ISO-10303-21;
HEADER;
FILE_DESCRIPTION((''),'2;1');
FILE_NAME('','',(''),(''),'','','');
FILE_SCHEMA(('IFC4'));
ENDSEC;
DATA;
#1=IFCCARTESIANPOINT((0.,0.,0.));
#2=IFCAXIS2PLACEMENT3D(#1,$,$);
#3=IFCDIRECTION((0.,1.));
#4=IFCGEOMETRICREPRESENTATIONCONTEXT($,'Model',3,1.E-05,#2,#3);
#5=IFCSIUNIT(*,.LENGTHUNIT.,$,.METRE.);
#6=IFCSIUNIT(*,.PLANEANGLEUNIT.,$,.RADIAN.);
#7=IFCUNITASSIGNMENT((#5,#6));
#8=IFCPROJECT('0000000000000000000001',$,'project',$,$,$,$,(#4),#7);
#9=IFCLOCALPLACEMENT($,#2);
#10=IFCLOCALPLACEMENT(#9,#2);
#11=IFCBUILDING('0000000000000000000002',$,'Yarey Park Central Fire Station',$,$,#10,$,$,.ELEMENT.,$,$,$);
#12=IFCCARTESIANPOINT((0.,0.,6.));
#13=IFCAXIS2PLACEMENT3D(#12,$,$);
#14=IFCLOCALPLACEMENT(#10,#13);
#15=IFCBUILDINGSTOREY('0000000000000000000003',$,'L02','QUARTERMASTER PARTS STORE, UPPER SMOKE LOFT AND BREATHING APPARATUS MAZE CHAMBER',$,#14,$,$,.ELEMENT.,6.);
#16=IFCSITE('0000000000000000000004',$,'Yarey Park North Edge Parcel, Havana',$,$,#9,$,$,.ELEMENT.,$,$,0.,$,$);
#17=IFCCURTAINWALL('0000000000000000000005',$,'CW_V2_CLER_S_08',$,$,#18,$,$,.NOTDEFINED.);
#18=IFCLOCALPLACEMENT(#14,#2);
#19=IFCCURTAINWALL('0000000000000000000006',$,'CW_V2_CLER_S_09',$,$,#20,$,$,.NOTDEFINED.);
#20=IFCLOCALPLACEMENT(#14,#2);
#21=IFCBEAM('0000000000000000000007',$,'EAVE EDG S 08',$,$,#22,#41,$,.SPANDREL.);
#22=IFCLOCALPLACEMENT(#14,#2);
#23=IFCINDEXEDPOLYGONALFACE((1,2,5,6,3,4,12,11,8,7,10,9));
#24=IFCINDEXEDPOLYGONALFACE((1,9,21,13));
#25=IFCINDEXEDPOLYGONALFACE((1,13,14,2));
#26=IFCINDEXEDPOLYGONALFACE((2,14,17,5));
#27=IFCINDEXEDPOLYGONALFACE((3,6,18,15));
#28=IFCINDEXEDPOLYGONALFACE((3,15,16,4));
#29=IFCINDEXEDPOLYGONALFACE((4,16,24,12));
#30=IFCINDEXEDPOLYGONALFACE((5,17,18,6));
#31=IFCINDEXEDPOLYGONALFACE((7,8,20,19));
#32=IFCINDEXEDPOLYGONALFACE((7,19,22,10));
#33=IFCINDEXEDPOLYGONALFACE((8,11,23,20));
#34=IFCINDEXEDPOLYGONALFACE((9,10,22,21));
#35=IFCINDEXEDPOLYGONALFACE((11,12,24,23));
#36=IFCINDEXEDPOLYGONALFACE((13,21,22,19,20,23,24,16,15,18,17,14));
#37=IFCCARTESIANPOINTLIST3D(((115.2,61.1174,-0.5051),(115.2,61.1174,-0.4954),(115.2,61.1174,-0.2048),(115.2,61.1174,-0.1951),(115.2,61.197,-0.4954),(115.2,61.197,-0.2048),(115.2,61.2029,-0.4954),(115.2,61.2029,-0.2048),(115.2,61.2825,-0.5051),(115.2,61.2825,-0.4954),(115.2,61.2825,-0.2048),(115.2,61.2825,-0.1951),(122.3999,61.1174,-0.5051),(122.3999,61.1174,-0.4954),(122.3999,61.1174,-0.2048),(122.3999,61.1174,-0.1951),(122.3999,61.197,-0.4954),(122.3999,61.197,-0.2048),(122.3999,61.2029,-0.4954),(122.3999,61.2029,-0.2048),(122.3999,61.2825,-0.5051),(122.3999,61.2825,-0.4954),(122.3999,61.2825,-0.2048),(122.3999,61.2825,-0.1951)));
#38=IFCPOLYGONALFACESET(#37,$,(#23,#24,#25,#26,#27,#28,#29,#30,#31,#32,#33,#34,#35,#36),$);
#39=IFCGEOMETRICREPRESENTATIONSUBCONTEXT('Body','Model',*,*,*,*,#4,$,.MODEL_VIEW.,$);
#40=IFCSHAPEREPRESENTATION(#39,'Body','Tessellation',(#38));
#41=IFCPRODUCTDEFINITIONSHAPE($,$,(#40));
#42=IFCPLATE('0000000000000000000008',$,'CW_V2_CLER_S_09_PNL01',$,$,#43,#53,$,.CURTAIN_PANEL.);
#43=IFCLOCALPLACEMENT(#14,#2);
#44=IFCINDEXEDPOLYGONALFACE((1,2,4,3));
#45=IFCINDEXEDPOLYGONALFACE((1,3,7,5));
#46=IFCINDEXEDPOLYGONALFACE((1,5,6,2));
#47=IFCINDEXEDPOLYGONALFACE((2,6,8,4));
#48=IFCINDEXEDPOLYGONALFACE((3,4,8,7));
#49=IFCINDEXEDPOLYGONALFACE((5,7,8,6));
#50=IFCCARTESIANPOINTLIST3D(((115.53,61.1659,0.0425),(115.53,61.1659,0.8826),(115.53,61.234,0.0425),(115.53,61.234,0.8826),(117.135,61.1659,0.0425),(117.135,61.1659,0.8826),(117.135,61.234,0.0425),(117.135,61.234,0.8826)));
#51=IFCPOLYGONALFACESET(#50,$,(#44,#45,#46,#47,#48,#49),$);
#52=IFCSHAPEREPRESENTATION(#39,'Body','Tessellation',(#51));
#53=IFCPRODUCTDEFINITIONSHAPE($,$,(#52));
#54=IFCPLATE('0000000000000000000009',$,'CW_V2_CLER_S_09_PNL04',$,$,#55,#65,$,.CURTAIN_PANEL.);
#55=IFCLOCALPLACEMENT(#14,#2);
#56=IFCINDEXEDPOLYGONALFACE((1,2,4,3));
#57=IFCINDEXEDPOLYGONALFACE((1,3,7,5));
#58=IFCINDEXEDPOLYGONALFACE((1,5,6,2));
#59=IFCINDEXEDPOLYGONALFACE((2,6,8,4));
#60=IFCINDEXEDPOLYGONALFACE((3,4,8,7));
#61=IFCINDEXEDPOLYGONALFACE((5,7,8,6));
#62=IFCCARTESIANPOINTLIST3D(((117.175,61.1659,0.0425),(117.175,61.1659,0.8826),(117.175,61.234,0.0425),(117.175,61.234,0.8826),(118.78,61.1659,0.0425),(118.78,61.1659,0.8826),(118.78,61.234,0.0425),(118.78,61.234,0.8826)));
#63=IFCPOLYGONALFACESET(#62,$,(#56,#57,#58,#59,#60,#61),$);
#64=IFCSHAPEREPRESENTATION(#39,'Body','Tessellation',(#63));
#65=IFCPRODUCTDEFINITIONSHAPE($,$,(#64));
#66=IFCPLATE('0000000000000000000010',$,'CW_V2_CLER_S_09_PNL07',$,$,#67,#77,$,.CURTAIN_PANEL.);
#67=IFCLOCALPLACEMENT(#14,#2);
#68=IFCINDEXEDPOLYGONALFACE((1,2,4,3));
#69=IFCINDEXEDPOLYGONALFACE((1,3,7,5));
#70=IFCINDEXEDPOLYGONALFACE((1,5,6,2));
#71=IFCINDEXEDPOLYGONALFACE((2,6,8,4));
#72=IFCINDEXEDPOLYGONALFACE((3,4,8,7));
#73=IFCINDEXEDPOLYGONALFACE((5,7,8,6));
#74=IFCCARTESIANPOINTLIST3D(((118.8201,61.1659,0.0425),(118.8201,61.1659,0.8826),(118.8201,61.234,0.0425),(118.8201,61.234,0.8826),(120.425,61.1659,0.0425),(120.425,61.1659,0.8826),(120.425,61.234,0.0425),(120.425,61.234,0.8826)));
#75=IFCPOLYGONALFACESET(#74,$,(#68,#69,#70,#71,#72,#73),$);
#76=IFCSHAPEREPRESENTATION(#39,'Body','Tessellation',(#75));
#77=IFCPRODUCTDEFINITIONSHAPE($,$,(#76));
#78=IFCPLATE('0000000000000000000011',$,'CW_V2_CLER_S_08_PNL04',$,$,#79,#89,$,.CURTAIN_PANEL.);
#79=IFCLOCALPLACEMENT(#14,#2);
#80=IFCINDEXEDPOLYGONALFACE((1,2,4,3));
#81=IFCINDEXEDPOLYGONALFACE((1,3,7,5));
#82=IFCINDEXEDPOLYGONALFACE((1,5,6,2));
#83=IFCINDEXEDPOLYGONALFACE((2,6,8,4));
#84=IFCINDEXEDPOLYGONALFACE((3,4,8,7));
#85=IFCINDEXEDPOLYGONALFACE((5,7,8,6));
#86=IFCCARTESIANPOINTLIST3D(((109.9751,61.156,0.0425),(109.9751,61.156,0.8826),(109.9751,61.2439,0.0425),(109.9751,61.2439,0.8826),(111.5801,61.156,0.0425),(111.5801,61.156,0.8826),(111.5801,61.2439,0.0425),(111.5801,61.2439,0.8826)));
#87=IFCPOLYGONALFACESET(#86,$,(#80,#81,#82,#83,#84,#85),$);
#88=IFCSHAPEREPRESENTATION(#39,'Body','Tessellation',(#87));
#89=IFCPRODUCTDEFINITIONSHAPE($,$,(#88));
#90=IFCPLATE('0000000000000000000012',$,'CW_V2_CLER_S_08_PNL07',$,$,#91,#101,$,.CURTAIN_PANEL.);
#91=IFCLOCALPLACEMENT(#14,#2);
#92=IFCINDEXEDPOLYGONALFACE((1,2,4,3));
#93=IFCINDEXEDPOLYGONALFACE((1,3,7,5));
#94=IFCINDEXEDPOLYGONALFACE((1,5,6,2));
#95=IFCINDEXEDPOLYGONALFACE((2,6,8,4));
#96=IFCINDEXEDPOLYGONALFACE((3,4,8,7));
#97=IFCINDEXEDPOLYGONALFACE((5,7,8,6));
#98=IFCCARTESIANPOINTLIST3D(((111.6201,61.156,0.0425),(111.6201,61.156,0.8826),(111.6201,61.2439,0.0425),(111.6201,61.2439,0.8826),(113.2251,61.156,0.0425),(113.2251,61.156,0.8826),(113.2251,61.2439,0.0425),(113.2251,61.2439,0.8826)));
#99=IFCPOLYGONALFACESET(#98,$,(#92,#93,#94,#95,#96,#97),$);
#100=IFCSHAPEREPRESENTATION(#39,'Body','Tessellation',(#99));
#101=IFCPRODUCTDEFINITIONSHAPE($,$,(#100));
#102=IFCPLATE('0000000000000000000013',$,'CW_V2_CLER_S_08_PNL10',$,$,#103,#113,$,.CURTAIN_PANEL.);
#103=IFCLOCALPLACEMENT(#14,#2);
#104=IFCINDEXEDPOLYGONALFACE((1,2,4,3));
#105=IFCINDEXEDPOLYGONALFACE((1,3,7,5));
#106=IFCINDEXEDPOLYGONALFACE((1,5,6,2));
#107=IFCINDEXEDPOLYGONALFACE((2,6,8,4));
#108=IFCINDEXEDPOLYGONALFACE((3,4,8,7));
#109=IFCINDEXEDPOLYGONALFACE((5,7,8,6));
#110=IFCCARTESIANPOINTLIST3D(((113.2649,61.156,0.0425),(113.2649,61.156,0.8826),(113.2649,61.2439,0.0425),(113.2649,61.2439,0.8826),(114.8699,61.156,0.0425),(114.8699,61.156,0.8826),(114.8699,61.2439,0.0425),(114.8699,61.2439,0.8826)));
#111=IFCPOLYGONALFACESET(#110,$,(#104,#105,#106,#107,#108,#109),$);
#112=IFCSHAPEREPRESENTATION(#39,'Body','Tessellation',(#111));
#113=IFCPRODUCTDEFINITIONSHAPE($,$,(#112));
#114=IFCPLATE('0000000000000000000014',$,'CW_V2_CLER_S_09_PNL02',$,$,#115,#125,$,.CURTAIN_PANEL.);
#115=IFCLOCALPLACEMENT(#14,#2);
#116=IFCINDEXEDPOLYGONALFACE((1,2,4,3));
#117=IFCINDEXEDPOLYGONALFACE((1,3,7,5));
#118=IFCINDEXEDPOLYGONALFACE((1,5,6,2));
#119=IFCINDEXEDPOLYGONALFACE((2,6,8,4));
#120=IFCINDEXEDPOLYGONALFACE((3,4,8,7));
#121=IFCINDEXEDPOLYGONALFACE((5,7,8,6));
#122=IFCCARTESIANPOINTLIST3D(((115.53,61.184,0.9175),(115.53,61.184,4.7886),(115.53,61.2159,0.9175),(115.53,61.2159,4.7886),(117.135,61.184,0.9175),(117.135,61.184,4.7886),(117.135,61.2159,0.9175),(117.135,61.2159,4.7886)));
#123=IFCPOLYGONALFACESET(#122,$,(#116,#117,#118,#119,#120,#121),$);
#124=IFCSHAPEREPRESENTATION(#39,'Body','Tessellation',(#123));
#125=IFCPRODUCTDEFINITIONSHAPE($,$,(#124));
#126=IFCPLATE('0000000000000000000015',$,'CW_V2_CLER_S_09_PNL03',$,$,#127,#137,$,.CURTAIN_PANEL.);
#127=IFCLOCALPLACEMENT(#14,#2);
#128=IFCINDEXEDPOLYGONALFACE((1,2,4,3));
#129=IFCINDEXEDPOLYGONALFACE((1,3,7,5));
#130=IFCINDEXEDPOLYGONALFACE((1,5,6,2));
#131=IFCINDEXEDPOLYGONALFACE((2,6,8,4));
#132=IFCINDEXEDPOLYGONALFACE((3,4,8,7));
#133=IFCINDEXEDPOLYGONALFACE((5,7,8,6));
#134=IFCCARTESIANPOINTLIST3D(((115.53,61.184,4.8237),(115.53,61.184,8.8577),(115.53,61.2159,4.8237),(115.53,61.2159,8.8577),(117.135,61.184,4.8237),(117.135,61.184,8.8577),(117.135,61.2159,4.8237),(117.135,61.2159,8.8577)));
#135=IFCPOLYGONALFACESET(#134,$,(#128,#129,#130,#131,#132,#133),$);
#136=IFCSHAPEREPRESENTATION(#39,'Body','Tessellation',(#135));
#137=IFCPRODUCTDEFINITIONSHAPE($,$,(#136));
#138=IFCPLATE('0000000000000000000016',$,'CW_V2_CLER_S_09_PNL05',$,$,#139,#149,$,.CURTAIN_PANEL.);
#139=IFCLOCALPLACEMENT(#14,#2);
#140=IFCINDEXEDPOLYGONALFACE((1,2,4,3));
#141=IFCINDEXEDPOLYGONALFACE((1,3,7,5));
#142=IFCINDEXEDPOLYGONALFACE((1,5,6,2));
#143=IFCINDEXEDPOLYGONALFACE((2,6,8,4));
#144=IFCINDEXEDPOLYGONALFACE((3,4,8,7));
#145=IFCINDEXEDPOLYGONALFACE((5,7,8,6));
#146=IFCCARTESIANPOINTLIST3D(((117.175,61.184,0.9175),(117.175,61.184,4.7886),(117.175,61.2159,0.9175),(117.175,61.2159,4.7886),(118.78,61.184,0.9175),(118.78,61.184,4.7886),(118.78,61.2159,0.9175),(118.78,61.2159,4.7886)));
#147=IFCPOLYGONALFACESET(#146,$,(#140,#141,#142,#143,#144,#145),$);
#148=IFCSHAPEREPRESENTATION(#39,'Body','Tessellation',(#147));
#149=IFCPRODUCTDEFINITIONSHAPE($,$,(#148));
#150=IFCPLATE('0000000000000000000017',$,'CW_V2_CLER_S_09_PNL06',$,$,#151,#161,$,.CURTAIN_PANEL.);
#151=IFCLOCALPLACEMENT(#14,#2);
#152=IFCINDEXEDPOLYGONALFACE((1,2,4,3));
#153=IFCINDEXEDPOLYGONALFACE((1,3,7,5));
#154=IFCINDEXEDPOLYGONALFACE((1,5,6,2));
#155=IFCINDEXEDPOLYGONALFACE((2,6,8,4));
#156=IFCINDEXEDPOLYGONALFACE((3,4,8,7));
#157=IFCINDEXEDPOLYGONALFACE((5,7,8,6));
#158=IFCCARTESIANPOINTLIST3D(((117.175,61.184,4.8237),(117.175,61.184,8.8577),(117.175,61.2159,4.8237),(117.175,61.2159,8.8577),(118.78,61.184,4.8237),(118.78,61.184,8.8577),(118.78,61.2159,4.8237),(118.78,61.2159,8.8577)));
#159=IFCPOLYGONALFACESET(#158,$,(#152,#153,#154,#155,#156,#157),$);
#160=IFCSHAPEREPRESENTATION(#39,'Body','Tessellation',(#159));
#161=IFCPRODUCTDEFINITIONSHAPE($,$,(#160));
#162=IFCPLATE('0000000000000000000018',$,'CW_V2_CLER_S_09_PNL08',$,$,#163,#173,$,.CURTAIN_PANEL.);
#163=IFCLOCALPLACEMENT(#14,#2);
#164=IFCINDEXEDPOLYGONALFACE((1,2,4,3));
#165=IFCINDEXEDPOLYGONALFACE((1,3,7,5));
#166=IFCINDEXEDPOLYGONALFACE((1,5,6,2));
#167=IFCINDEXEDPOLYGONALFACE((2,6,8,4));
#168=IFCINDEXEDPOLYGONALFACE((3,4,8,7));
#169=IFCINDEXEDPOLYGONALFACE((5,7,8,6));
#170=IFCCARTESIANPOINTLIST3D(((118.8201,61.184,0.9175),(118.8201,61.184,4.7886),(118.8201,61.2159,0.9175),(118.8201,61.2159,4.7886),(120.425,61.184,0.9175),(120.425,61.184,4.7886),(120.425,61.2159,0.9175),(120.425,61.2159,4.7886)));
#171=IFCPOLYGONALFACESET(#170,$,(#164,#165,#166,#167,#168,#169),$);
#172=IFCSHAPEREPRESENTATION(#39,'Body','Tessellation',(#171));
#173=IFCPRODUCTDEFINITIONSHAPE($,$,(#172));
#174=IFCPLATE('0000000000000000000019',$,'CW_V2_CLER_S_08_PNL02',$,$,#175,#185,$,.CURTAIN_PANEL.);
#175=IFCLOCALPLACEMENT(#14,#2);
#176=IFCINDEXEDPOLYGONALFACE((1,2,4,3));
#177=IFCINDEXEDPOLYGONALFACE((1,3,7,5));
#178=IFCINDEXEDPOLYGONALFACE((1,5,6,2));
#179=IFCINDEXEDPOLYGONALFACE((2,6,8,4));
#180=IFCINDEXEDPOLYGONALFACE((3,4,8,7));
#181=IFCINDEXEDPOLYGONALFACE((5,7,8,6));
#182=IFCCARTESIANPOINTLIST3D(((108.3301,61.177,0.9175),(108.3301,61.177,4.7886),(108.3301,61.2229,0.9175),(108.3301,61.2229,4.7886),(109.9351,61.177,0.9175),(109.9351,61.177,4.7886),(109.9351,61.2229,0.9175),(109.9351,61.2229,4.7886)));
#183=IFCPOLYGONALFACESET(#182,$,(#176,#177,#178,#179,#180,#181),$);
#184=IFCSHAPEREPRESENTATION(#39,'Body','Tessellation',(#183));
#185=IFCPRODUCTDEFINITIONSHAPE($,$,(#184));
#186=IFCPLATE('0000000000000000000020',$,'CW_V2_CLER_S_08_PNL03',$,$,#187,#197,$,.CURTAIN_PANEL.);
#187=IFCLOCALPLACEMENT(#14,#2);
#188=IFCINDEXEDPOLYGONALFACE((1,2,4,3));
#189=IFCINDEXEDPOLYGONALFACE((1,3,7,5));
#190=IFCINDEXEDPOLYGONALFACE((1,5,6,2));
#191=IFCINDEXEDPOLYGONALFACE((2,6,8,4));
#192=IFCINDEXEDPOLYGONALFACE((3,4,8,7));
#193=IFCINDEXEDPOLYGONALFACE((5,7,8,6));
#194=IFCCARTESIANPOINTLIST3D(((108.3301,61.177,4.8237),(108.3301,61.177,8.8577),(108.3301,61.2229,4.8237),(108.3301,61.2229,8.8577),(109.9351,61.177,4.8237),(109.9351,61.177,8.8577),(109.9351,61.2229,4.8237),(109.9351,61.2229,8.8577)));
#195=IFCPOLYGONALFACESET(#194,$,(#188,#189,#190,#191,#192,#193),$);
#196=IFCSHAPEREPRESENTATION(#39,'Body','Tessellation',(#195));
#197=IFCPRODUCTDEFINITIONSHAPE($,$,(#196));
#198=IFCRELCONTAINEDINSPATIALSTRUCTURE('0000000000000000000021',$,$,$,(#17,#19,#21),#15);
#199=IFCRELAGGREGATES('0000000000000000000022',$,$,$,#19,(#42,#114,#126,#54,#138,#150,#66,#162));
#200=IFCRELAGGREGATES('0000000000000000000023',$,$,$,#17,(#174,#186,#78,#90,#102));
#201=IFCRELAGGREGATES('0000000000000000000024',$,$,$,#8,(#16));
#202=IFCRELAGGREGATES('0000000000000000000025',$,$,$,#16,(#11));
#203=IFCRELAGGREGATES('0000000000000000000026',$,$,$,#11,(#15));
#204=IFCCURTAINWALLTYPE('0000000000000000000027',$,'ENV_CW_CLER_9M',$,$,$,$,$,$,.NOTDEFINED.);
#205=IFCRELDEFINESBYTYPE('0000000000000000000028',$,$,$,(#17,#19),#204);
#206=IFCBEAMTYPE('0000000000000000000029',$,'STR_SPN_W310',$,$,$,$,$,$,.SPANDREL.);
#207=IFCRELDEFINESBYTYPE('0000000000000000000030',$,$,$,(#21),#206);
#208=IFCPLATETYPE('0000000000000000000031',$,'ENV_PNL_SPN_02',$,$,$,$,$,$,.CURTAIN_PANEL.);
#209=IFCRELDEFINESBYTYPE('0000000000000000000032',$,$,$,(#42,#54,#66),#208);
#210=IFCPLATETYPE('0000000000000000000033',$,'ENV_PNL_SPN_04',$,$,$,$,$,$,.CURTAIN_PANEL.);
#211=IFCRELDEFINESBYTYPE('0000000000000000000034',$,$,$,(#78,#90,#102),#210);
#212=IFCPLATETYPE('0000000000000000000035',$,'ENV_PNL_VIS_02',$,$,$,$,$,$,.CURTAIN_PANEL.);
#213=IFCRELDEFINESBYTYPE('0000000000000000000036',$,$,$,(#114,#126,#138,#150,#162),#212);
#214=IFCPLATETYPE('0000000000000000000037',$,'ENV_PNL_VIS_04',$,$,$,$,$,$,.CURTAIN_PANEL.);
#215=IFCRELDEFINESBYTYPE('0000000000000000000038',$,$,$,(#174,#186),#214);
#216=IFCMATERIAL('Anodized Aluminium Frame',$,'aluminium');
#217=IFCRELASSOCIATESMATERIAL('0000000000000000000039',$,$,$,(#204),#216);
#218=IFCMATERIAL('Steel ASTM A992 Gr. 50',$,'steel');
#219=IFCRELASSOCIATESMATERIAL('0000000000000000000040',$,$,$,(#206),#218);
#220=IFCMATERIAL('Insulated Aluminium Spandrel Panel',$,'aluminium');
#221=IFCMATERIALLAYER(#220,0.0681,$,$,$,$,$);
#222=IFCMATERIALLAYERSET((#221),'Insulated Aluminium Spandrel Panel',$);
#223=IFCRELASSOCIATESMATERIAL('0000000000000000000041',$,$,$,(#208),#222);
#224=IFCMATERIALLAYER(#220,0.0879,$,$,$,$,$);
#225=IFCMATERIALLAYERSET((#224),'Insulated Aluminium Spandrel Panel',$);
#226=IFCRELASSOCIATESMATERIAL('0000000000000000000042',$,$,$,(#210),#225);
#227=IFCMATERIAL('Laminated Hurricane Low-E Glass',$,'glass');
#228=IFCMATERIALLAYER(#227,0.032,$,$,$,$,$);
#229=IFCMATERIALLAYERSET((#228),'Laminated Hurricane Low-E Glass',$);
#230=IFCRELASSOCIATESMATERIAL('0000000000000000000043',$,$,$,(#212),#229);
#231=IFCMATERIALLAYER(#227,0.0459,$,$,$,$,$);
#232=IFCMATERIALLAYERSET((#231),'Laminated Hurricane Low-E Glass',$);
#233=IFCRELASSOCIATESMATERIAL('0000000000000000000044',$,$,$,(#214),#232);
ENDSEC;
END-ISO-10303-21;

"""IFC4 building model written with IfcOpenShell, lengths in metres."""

from ifc_helpers import new_model, si_unit, direction, frame, origin, origin_2d, place, context, subcontext, project, spatial, rectangle, i_section, extrude, material, layer, layer_set, material_profile, profile_set, type_object, element, aggregate, save


model = new_model("IFC4")

# Units and contexts
model_context = context("Model", 3, precision=1e-05, world=origin(), true_north=direction((0.0, 1.0)))
body_context = subcontext(model_context, "Body", "Model", "MODEL_VIEW")
ifc_project = project(units=[si_unit("LENGTHUNIT", "METRE"), si_unit("PLANEANGLEUNIT", "RADIAN")], contexts=[model_context])

# Site, building, storey
site_placement = place(None, origin())
site = spatial("IfcSite", under=ifc_project, at=site_placement, Name="Yarey Park North Edge Parcel, Havana", CompositionType="ELEMENT", RefElevation=0.0)
building_placement = place(site_placement, origin())
building = spatial("IfcBuilding", under=site, at=building_placement, Name="Yarey Park Central Fire Station", CompositionType="ELEMENT")
storey_placement = place(building_placement, frame((0.0, 0.0, 6.0)))
storey = spatial("IfcBuildingStorey", under=building, at=storey_placement, Name="L02", Description="QUARTERMASTER PARTS STORE, UPPER SMOKE LOFT AND BREATHING APPARATUS MAZE CHAMBER", CompositionType="ELEMENT", Elevation=6.0)

# Curtain walls
ifc_material_1 = material(Name="Anodized Aluminium Frame", Category="aluminium")
curtain_wall_type = type_object("IfcCurtainWallType", Name="ENV_CW_CLER_9M", PredefinedType="NOTDEFINED", material=ifc_material_1)
curtain_wall_1_placement = place(storey_placement, origin())
curtain_wall_1 = element("IfcCurtainWall", 1, at=curtain_wall_1_placement, inside=storey, type_object=curtain_wall_type, Name="CW_V2_CLER_S_08", PredefinedType="NOTDEFINED")
curtain_wall_2_placement = place(storey_placement, origin())
curtain_wall_2 = element("IfcCurtainWall", 2, at=curtain_wall_2_placement, inside=storey, type_object=curtain_wall_type, Name="CW_V2_CLER_S_09", PredefinedType="NOTDEFINED")

# Beam
ifc_material_2 = material(Name="Steel ASTM A992 Gr. 50", Category="steel")
ifc_material_profile_1 = material_profile(ifc_material_2, i_section(OverallWidth=0.165, OverallDepth=0.3101, WebThickness=0.0059, FlangeThickness=0.0098, at=origin_2d()), Name="W310x39")
ifc_profile_set_1 = profile_set([ifc_material_profile_1], Name="Steel ASTM A992 Gr. 50")
beam_type = type_object("IfcBeamType", Name="STR_SPN_W310", PredefinedType="SPANDREL", material=ifc_profile_set_1)
beam_placement = place(storey_placement, frame((115.2, 61.2, -0.3501), z_axis=(1.0, 0.0, 0.0), x_axis=(0.0, 1.0, 0.0)))
element("IfcBeam", 3, at=beam_placement, inside=storey, type_object=beam_type, Name="EAVE EDG S 08", PredefinedType="SPANDREL", context=body_context, shape_type="SweptSolid", body=[
    extrude(i_section(OverallWidth=0.165, OverallDepth=0.3101, WebThickness=0.0059, FlangeThickness=0.0098, at=origin_2d()), origin(), (0.0, 0.0, 1.0), 7.2),
])

# Plates
ifc_material_3 = material(Name="Insulated Aluminium Spandrel Panel", Category="aluminium")
ifc_layer_1 = layer(ifc_material_3, 0.0681)
ifc_layer_set_1 = layer_set([ifc_layer_1], Name="Insulated Aluminium Spandrel Panel")
plate_type_1 = type_object("IfcPlateType", Name="ENV_PNL_SPN_02", PredefinedType="CURTAIN_PANEL", material=ifc_layer_set_1)
plate_1_placement = place(storey_placement, frame((116.3325, 61.2, 0.0425), z_axis=(0.0, 0.0, 1.0), x_axis=(1.0, 0.0, 0.0)))
plate_1 = element("IfcPlate", 4, at=plate_1_placement, type_object=plate_type_1, Name="CW_V2_CLER_S_09_PNL01", PredefinedType="CURTAIN_PANEL", context=body_context, shape_type="SweptSolid", body=[
    extrude(rectangle(XDim=1.605, YDim=0.0681, at=origin_2d()), origin(), (0.0, 0.0, 1.0), 0.8401),
])
plate_2_placement = place(storey_placement, frame((117.9775, 61.2, 0.0425), z_axis=(0.0, 0.0, 1.0), x_axis=(1.0, 0.0, 0.0)))
plate_2 = element("IfcPlate", 5, at=plate_2_placement, type_object=plate_type_1, Name="CW_V2_CLER_S_09_PNL04", PredefinedType="CURTAIN_PANEL", context=body_context, shape_type="SweptSolid", body=[
    extrude(rectangle(XDim=1.605, YDim=0.0681, at=origin_2d()), origin(), (0.0, 0.0, 1.0), 0.8401),
])
plate_3_placement = place(storey_placement, frame((119.6226, 61.2, 0.0425), z_axis=(0.0, 0.0, 1.0), x_axis=(1.0, 0.0, 0.0)))
plate_3 = element("IfcPlate", 6, at=plate_3_placement, type_object=plate_type_1, Name="CW_V2_CLER_S_09_PNL07", PredefinedType="CURTAIN_PANEL", context=body_context, shape_type="SweptSolid", body=[
    extrude(rectangle(XDim=1.605, YDim=0.0681, at=origin_2d()), origin(), (0.0, 0.0, 1.0), 0.8401),
])
ifc_layer_2 = layer(ifc_material_3, 0.0879)
ifc_layer_set_2 = layer_set([ifc_layer_2], Name="Insulated Aluminium Spandrel Panel")
plate_type_2 = type_object("IfcPlateType", Name="ENV_PNL_SPN_04", PredefinedType="CURTAIN_PANEL", material=ifc_layer_set_2)
plate_4_placement = place(storey_placement, frame((110.7776, 61.2, 0.0425), z_axis=(0.0, 0.0, 1.0), x_axis=(1.0, 0.0, 0.0)))
plate_4 = element("IfcPlate", 7, at=plate_4_placement, type_object=plate_type_2, Name="CW_V2_CLER_S_08_PNL04", PredefinedType="CURTAIN_PANEL", context=body_context, shape_type="SweptSolid", body=[
    extrude(rectangle(XDim=1.605, YDim=0.0879, at=origin_2d()), origin(), (0.0, 0.0, 1.0), 0.8401),
])
plate_5_placement = place(storey_placement, frame((112.4226, 61.2, 0.0425), z_axis=(0.0, 0.0, 1.0), x_axis=(1.0, 0.0, 0.0)))
plate_5 = element("IfcPlate", 8, at=plate_5_placement, type_object=plate_type_2, Name="CW_V2_CLER_S_08_PNL07", PredefinedType="CURTAIN_PANEL", context=body_context, shape_type="SweptSolid", body=[
    extrude(rectangle(XDim=1.605, YDim=0.0879, at=origin_2d()), origin(), (0.0, 0.0, 1.0), 0.8401),
])
plate_6_placement = place(storey_placement, frame((114.0674, 61.2, 0.0425), z_axis=(0.0, 0.0, 1.0), x_axis=(1.0, 0.0, 0.0)))
plate_6 = element("IfcPlate", 9, at=plate_6_placement, type_object=plate_type_2, Name="CW_V2_CLER_S_08_PNL10", PredefinedType="CURTAIN_PANEL", context=body_context, shape_type="SweptSolid", body=[
    extrude(rectangle(XDim=1.605, YDim=0.0879, at=origin_2d()), origin(), (0.0, 0.0, 1.0), 0.8401),
])
ifc_material_4 = material(Name="Laminated Hurricane Low-E Glass", Category="glass")
ifc_layer_3 = layer(ifc_material_4, 0.032)
ifc_layer_set_3 = layer_set([ifc_layer_3], Name="Laminated Hurricane Low-E Glass")
plate_type_3 = type_object("IfcPlateType", Name="ENV_PNL_VIS_02", PredefinedType="CURTAIN_PANEL", material=ifc_layer_set_3)
plate_7_placement = place(storey_placement, frame((116.3325, 61.2, 0.9175), z_axis=(0.0, 0.0, 1.0), x_axis=(1.0, 0.0, 0.0)))
plate_7 = element("IfcPlate", 10, at=plate_7_placement, type_object=plate_type_3, Name="CW_V2_CLER_S_09_PNL02", PredefinedType="CURTAIN_PANEL", context=body_context, shape_type="SweptSolid", body=[
    extrude(rectangle(XDim=1.605, YDim=0.032, at=origin_2d()), origin(), (0.0, 0.0, 1.0), 3.8711),
])
plate_8_placement = place(storey_placement, frame((116.3325, 61.2, 4.8237), z_axis=(0.0, 0.0, 1.0), x_axis=(1.0, 0.0, 0.0)))
plate_8 = element("IfcPlate", 11, at=plate_8_placement, type_object=plate_type_3, Name="CW_V2_CLER_S_09_PNL03", PredefinedType="CURTAIN_PANEL", context=body_context, shape_type="SweptSolid", body=[
    extrude(rectangle(XDim=1.605, YDim=0.032, at=origin_2d()), origin(), (0.0, 0.0, 1.0), 4.0339),
])
plate_9_placement = place(storey_placement, frame((117.9775, 61.2, 0.9175), z_axis=(0.0, 0.0, 1.0), x_axis=(1.0, 0.0, 0.0)))
plate_9 = element("IfcPlate", 12, at=plate_9_placement, type_object=plate_type_3, Name="CW_V2_CLER_S_09_PNL05", PredefinedType="CURTAIN_PANEL", context=body_context, shape_type="SweptSolid", body=[
    extrude(rectangle(XDim=1.605, YDim=0.032, at=origin_2d()), origin(), (0.0, 0.0, 1.0), 3.8711),
])
plate_10_placement = place(storey_placement, frame((117.9775, 61.2, 4.8237), z_axis=(0.0, 0.0, 1.0), x_axis=(1.0, 0.0, 0.0)))
plate_10 = element("IfcPlate", 13, at=plate_10_placement, type_object=plate_type_3, Name="CW_V2_CLER_S_09_PNL06", PredefinedType="CURTAIN_PANEL", context=body_context, shape_type="SweptSolid", body=[
    extrude(rectangle(XDim=1.605, YDim=0.032, at=origin_2d()), origin(), (0.0, 0.0, 1.0), 4.0339),
])
plate_11_placement = place(storey_placement, frame((119.6226, 61.2, 0.9175), z_axis=(0.0, 0.0, 1.0), x_axis=(1.0, 0.0, 0.0)))
plate_11 = element("IfcPlate", 14, at=plate_11_placement, type_object=plate_type_3, Name="CW_V2_CLER_S_09_PNL08", PredefinedType="CURTAIN_PANEL", context=body_context, shape_type="SweptSolid", body=[
    extrude(rectangle(XDim=1.605, YDim=0.032, at=origin_2d()), origin(), (0.0, 0.0, 1.0), 3.8711),
])
aggregate(curtain_wall_2, [plate_1, plate_7, plate_8, plate_2, plate_9, plate_10, plate_3, plate_11])
ifc_layer_4 = layer(ifc_material_4, 0.0459)
ifc_layer_set_4 = layer_set([ifc_layer_4], Name="Laminated Hurricane Low-E Glass")
plate_type_4 = type_object("IfcPlateType", Name="ENV_PNL_VIS_04", PredefinedType="CURTAIN_PANEL", material=ifc_layer_set_4)
plate_12_placement = place(storey_placement, frame((109.1326, 61.2, 0.9175), z_axis=(0.0, 0.0, 1.0), x_axis=(1.0, 0.0, 0.0)))
plate_12 = element("IfcPlate", 15, at=plate_12_placement, type_object=plate_type_4, Name="CW_V2_CLER_S_08_PNL02", PredefinedType="CURTAIN_PANEL", context=body_context, shape_type="SweptSolid", body=[
    extrude(rectangle(XDim=1.605, YDim=0.0459, at=origin_2d()), origin(), (0.0, 0.0, 1.0), 3.8711),
])
plate_13_placement = place(storey_placement, frame((109.1326, 61.2, 4.8237), z_axis=(0.0, 0.0, 1.0), x_axis=(1.0, 0.0, 0.0)))
plate_13 = element("IfcPlate", 16, at=plate_13_placement, type_object=plate_type_4, Name="CW_V2_CLER_S_08_PNL03", PredefinedType="CURTAIN_PANEL", context=body_context, shape_type="SweptSolid", body=[
    extrude(rectangle(XDim=1.605, YDim=0.0459, at=origin_2d()), origin(), (0.0, 0.0, 1.0), 4.0339),
])
aggregate(curtain_wall_1, [plate_12, plate_13, plate_4, plate_5, plate_6])

save(model, "model.ifc")
